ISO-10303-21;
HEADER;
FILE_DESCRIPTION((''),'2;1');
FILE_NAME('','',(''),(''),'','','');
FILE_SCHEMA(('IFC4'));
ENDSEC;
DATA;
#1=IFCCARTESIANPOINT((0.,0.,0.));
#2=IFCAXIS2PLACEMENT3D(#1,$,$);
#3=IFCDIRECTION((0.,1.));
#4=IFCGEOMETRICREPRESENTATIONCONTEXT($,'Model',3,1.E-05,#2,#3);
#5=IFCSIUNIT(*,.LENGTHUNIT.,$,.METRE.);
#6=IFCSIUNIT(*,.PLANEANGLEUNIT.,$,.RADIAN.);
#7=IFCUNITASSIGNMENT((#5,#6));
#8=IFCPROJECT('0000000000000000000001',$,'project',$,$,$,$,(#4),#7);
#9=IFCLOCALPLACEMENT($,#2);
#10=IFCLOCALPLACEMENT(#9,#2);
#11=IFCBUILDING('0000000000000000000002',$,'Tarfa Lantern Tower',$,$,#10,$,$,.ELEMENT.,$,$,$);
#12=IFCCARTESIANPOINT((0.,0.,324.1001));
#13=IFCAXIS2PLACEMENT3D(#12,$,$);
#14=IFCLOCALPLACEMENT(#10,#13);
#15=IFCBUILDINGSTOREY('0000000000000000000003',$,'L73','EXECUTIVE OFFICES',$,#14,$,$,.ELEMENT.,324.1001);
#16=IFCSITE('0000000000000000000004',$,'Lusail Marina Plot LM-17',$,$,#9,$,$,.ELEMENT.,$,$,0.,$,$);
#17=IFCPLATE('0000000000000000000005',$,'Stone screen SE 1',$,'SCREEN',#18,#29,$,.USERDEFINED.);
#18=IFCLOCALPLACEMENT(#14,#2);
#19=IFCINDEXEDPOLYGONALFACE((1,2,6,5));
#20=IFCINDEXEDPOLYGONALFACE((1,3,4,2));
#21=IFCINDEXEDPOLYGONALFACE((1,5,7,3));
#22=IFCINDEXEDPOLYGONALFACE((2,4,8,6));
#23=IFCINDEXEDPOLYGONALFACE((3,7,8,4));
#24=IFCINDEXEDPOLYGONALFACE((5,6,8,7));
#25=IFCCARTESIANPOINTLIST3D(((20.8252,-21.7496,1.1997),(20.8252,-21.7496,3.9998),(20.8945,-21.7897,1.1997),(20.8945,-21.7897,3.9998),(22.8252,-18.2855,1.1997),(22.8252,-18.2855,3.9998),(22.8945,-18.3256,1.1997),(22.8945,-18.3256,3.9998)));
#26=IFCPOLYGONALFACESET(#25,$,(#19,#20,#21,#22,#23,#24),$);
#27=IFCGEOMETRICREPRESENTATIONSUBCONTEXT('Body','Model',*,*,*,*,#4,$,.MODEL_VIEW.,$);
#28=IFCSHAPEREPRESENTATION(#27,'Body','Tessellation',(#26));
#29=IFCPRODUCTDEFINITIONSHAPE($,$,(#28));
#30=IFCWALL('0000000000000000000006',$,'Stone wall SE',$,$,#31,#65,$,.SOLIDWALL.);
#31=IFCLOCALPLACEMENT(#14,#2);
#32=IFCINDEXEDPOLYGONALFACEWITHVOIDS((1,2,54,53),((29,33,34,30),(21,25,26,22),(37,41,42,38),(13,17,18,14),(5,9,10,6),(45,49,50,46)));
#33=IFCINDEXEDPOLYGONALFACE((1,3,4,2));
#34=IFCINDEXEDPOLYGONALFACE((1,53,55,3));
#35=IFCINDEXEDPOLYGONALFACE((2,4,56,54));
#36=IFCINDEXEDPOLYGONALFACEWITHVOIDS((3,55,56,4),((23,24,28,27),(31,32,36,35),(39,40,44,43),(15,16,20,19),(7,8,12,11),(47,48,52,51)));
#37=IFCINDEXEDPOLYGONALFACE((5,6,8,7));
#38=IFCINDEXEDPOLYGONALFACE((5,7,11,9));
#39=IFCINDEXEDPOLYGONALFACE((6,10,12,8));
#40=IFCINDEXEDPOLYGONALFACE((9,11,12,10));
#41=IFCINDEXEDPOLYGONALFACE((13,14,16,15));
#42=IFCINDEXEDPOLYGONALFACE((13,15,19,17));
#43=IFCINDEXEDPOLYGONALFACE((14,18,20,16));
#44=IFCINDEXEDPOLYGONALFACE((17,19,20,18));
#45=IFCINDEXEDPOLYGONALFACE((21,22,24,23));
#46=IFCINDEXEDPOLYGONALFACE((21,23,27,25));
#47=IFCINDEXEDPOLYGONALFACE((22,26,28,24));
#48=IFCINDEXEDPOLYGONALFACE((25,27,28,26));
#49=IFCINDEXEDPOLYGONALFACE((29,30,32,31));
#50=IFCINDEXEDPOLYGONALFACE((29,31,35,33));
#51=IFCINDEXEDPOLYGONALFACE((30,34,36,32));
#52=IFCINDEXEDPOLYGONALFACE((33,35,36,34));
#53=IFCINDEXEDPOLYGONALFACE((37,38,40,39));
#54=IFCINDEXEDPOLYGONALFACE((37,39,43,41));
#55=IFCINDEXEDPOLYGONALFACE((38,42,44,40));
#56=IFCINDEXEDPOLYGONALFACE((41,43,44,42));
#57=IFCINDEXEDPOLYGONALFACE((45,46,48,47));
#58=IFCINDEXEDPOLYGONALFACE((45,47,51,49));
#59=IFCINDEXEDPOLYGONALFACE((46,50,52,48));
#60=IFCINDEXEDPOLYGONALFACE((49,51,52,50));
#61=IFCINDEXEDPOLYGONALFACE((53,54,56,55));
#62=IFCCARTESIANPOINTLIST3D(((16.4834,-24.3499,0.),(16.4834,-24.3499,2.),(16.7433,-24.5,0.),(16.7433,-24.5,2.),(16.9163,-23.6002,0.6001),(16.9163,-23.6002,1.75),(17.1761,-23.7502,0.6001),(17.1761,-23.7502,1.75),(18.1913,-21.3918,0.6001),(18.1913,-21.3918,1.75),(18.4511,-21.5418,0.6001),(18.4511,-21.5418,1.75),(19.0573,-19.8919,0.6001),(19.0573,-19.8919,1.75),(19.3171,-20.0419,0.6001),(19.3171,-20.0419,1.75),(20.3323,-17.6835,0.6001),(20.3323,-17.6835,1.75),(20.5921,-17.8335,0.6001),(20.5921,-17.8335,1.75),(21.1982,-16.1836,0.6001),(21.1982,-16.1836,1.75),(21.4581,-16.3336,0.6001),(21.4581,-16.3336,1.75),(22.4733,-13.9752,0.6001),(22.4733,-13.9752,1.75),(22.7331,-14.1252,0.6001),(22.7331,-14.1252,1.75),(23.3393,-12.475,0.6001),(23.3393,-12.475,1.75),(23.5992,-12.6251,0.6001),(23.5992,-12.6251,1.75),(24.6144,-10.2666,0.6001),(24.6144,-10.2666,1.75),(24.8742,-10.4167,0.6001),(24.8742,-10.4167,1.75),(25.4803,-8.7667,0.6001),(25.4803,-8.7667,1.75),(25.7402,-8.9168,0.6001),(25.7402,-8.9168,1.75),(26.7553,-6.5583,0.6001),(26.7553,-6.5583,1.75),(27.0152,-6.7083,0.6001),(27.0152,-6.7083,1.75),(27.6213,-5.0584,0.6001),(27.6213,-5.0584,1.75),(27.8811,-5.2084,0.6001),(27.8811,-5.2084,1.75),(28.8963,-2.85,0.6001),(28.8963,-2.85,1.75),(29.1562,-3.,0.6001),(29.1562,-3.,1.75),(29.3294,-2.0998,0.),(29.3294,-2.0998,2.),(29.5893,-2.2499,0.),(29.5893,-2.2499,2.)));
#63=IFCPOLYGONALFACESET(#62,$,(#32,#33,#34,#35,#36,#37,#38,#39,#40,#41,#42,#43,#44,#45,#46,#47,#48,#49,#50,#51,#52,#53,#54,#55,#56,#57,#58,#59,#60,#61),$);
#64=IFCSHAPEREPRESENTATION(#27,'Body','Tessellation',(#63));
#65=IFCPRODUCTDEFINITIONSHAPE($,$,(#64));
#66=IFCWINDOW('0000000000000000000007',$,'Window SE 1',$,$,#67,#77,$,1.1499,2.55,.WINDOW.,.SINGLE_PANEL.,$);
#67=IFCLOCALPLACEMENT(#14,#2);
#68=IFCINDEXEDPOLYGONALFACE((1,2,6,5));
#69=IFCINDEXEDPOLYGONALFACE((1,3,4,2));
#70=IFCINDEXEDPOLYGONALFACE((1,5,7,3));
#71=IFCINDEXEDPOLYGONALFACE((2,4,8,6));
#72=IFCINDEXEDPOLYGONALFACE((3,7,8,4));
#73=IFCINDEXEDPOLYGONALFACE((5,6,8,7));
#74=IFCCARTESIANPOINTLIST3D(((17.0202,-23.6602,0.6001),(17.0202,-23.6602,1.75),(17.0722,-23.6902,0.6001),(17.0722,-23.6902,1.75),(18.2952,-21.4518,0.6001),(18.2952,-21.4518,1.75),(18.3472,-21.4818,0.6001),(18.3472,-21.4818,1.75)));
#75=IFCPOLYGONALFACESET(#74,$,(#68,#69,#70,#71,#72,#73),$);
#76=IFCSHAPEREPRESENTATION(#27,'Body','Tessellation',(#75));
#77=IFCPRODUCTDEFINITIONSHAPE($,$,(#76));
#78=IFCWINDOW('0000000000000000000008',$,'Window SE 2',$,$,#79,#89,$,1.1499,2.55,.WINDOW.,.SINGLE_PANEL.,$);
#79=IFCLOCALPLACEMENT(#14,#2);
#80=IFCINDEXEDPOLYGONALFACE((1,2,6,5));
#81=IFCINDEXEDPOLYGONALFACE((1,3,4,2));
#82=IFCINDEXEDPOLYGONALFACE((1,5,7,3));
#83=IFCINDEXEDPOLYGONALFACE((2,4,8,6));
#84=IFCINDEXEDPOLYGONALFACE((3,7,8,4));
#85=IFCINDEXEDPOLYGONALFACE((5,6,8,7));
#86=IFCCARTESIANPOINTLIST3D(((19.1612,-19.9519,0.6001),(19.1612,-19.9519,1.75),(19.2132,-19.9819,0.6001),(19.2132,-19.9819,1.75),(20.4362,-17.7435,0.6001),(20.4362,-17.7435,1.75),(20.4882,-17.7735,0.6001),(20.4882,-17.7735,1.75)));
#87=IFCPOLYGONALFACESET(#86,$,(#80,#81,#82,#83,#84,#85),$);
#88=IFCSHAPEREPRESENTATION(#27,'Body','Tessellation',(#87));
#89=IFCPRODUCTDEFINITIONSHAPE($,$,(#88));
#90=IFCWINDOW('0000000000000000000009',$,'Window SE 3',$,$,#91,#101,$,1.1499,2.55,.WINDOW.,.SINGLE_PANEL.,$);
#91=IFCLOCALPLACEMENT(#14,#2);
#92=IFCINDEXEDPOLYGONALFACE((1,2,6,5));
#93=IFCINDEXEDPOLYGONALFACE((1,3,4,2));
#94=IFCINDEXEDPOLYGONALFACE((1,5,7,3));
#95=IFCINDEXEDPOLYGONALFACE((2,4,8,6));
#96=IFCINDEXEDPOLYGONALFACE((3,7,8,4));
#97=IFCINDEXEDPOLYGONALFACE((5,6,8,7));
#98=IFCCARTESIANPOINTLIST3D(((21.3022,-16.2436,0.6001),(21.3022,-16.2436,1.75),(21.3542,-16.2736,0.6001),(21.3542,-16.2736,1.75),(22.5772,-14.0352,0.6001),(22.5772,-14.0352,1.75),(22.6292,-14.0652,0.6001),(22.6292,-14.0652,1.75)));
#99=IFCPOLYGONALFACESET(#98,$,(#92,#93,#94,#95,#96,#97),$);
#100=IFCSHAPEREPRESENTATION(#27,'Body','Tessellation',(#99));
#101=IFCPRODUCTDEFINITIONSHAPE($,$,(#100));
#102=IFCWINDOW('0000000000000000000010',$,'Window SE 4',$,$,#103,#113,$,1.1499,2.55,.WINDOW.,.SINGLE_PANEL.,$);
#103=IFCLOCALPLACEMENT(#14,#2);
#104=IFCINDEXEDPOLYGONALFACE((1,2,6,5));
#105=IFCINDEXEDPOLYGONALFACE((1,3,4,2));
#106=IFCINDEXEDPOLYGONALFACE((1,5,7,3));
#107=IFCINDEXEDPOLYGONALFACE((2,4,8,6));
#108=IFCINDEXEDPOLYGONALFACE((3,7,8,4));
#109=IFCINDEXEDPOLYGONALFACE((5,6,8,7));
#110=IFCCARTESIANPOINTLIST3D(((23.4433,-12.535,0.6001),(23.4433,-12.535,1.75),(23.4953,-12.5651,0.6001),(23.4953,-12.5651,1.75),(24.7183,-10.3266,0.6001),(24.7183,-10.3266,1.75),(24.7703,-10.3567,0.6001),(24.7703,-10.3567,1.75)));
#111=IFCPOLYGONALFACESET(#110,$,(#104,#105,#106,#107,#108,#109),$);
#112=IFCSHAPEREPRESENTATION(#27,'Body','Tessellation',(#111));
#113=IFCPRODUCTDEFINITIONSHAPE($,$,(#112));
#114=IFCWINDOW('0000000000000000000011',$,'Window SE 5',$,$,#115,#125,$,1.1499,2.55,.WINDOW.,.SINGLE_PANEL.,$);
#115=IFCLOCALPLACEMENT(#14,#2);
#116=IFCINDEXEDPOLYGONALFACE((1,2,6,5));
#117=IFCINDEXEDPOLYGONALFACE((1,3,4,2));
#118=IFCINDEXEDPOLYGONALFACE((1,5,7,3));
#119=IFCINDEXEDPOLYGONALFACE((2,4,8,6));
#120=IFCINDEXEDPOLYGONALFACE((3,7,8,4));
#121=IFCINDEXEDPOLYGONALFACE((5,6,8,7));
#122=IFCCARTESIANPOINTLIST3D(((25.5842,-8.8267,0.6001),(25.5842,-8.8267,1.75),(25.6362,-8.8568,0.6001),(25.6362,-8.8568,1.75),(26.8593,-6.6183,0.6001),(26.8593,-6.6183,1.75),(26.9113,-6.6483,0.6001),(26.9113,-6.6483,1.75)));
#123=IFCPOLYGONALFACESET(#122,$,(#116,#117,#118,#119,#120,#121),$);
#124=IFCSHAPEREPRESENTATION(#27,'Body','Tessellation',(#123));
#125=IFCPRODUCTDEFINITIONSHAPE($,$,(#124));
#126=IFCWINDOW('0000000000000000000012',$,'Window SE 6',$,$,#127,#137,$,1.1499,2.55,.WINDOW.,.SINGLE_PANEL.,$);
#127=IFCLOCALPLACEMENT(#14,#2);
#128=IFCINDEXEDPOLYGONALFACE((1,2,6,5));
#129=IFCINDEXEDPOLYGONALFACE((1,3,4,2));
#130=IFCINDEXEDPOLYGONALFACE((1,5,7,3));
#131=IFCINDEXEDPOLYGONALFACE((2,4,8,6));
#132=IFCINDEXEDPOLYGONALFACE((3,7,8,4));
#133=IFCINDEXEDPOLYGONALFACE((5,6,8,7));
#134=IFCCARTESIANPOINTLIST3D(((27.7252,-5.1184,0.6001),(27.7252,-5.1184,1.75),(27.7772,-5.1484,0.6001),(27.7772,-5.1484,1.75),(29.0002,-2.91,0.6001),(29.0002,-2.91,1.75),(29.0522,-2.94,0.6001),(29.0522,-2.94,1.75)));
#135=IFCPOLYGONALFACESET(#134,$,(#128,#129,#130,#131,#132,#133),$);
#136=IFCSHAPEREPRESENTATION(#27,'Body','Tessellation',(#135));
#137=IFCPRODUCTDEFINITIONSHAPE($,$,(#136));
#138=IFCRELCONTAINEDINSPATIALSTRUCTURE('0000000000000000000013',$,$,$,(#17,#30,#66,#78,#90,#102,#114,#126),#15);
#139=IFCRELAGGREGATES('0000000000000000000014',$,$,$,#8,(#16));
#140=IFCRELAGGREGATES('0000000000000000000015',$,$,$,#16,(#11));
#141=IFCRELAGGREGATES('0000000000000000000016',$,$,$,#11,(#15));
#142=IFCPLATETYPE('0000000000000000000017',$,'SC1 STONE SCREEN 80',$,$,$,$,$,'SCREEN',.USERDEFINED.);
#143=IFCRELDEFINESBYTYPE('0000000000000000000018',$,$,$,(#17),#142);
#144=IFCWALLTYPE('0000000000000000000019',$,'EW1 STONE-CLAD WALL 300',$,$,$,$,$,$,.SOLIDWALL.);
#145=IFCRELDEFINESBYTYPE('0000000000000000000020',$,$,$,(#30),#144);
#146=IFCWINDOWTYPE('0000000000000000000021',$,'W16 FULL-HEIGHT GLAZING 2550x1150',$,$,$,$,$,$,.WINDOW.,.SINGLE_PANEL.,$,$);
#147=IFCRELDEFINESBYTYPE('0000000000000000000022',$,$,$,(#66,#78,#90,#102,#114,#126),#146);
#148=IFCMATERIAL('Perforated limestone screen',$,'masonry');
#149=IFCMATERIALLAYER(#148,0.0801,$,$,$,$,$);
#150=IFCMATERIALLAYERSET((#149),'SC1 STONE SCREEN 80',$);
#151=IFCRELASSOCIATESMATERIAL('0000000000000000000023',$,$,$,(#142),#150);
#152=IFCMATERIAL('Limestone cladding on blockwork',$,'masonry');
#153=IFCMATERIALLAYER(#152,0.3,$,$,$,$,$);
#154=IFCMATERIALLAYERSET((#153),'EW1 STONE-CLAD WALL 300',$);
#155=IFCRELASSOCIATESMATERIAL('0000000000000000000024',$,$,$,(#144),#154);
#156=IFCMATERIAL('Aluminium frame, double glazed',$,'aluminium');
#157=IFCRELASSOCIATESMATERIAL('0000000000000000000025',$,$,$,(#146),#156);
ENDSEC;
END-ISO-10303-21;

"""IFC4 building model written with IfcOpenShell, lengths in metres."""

from ifc_helpers import new_model, si_unit, direction, frame, frame_2d, origin, origin_2d, place, context, subcontext, project, spatial, rectangle, extrude, material, layer, layer_set, type_object, element, fill, save


model = new_model("IFC4")

# Units and contexts
model_context = context("Model", 3, precision=1e-05, world=origin(), true_north=direction((0.0, 1.0)))
body_context = subcontext(model_context, "Body", "Model", "MODEL_VIEW")
ifc_project = project(units=[si_unit("LENGTHUNIT", "METRE"), si_unit("PLANEANGLEUNIT", "RADIAN")], contexts=[model_context])

# Site, building, storey
site_placement = place(None, origin())
site = spatial("IfcSite", under=ifc_project, at=site_placement, Name="Lusail Marina Plot LM-17", CompositionType="ELEMENT", RefElevation=0.0)
building_placement = place(site_placement, origin())
building = spatial("IfcBuilding", under=site, at=building_placement, Name="Tarfa Lantern Tower", CompositionType="ELEMENT")
storey_placement = place(building_placement, frame((0.0, 0.0, 324.1001)))
storey = spatial("IfcBuildingStorey", under=building, at=storey_placement, Name="L73", Description="EXECUTIVE OFFICES", CompositionType="ELEMENT", Elevation=324.1001)

# Plate
ifc_material_1 = material(Name="Perforated limestone screen", Category="masonry")
ifc_layer_1 = layer(ifc_material_1, 0.0801)
ifc_layer_set_1 = layer_set([ifc_layer_1], Name="SC1 STONE SCREEN 80")
plate_type = type_object("IfcPlateType", Name="SC1 STONE SCREEN 80", ElementType="SCREEN", PredefinedType="USERDEFINED", material=ifc_layer_set_1)
plate_placement = place(storey_placement, frame((21.8599, -20.0376, 1.1997), z_axis=(0.0, 0.0, 1.0), x_axis=(0.5, 0.866025, 0.0)))
element("IfcPlate", 1, at=plate_placement, inside=storey, type_object=plate_type, Name="Stone screen SE 1", ObjectType="SCREEN", PredefinedType="USERDEFINED", context=body_context, shape_type="SweptSolid", body=[
    extrude(rectangle(XDim=4.0, YDim=0.0801, at=origin_2d()), origin(), (0.0, 0.0, 1.0), 2.8),
])

# Wall, openings, windows
ifc_material_2 = material(Name="Limestone cladding on blockwork", Category="masonry")
ifc_layer_2 = layer(ifc_material_2, 0.3)
ifc_layer_set_2 = layer_set([ifc_layer_2], Name="EW1 STONE-CLAD WALL 300")
wall_type_1 = type_object("IfcWallType", Name="EW1 STONE-CLAD WALL 300", PredefinedType="SOLIDWALL", material=ifc_layer_set_2)
wall_1_placement = place(storey_placement, frame((16.6133, -24.425, 0.0), z_axis=(0.0, 0.0, 1.0), x_axis=(0.499997, 0.866027, 0.0)))
wall_1 = element("IfcWall", 2, at=wall_1_placement, inside=storey, type_object=wall_type_1, Name="Stone wall SE", PredefinedType="SOLIDWALL", context=body_context, shape_type="SweptSolid", body=[
    extrude(rectangle(XDim=25.6921, YDim=0.3, at=frame_2d((12.8462, 0.0))), origin(), (0.0, 0.0, 1.0), 2.0),
])
opening_1_placement = place(wall_1_placement, frame((0.866, 0.0, 0.6001)))
opening_1 = element("IfcOpeningElement", 3, at=opening_1_placement, cuts=wall_1, PredefinedType="OPENING", context=body_context, shape_type="SweptSolid", body=[
    extrude(rectangle(XDim=2.55, YDim=1.1499, at=frame_2d((1.2749, 0.575))), frame((0.0, 0.1599, 0.0), z_axis=(0.0, -1.0, 0.0), x_axis=(1.0, 0.0, 0.0)), (0.0, 0.0, 1.0), 0.3201),
])
opening_2_placement = place(wall_1_placement, frame((5.1479, 0.0, 0.6001)))
opening_2 = element("IfcOpeningElement", 4, at=opening_2_placement, cuts=wall_1, PredefinedType="OPENING", context=body_context, shape_type="SweptSolid", body=[
    extrude(rectangle(XDim=2.55, YDim=1.1499, at=frame_2d((1.2749, 0.575))), frame((0.0, 0.1599, 0.0), z_axis=(0.0, -1.0, 0.0), x_axis=(1.0, 0.0, 0.0)), (0.0, 0.0, 1.0), 0.3201),
])
opening_3_placement = place(wall_1_placement, frame((9.4299, 0.0, 0.6001)))
opening_3 = element("IfcOpeningElement", 5, at=opening_3_placement, cuts=wall_1, PredefinedType="OPENING", context=body_context, shape_type="SweptSolid", body=[
    extrude(rectangle(XDim=2.55, YDim=1.1499, at=frame_2d((1.2749, 0.575))), frame((0.0, 0.1599, 0.0), z_axis=(0.0, -1.0, 0.0), x_axis=(1.0, 0.0, 0.0)), (0.0, 0.0, 1.0), 0.3201),
])
opening_4_placement = place(wall_1_placement, frame((13.7122, 0.0, 0.6001)))
opening_4 = element("IfcOpeningElement", 6, at=opening_4_placement, cuts=wall_1, PredefinedType="OPENING", context=body_context, shape_type="SweptSolid", body=[
    extrude(rectangle(XDim=2.55, YDim=1.1499, at=frame_2d((1.2749, 0.575))), frame((0.0, 0.1599, 0.0), z_axis=(0.0, -1.0, 0.0), x_axis=(1.0, 0.0, 0.0)), (0.0, 0.0, 1.0), 0.3201),
])
opening_5_placement = place(wall_1_placement, frame((17.9941, 0.0, 0.6001)))
opening_5 = element("IfcOpeningElement", 7, at=opening_5_placement, cuts=wall_1, PredefinedType="OPENING", context=body_context, shape_type="SweptSolid", body=[
    extrude(rectangle(XDim=2.55, YDim=1.1499, at=frame_2d((1.2749, 0.575))), frame((0.0, 0.1599, 0.0), z_axis=(0.0, -1.0, 0.0), x_axis=(1.0, 0.0, 0.0)), (0.0, 0.0, 1.0), 0.3201),
])
opening_6_placement = place(wall_1_placement, frame((22.2761, 0.0, 0.6001)))
opening_6 = element("IfcOpeningElement", 8, at=opening_6_placement, cuts=wall_1, PredefinedType="OPENING", context=body_context, shape_type="SweptSolid", body=[
    extrude(rectangle(XDim=2.55, YDim=1.1499, at=frame_2d((1.2749, 0.575))), frame((0.0, 0.1599, 0.0), z_axis=(0.0, -1.0, 0.0), x_axis=(1.0, 0.0, 0.0)), (0.0, 0.0, 1.0), 0.3201),
])
ifc_material_3 = material(Name="Aluminium frame, double glazed", Category="aluminium")
window_type = type_object("IfcWindowType", Name="W16 FULL-HEIGHT GLAZING 2550x1150", PartitioningType="SINGLE_PANEL", PredefinedType="WINDOW", material=ifc_material_3)
window_1_placement = place(opening_1_placement, origin())
window_1 = element("IfcWindow", 9, at=window_1_placement, inside=storey, type_object=window_type, Name="Window SE 1", OverallHeight=1.1499, OverallWidth=2.55, PartitioningType="SINGLE_PANEL", PredefinedType="WINDOW", context=body_context, shape_type="SweptSolid", body=[
    extrude(rectangle(XDim=2.55, YDim=1.1499, at=frame_2d((1.2749, 0.575))), frame((0.0, 0.03, 0.0), z_axis=(0.0, -1.0, 0.0), x_axis=(1.0, 0.0, 0.0)), (0.0, 0.0, 1.0), 0.0601),
])
fill(opening_1, window_1)
window_2_placement = place(opening_2_placement, origin())
window_2 = element("IfcWindow", 10, at=window_2_placement, inside=storey, type_object=window_type, Name="Window SE 2", OverallHeight=1.1499, OverallWidth=2.55, PartitioningType="SINGLE_PANEL", PredefinedType="WINDOW", context=body_context, shape_type="SweptSolid", body=[
    extrude(rectangle(XDim=2.55, YDim=1.1499, at=frame_2d((1.2749, 0.575))), frame((0.0, 0.03, 0.0), z_axis=(0.0, -1.0, 0.0), x_axis=(1.0, 0.0, 0.0)), (0.0, 0.0, 1.0), 0.0601),
])
fill(opening_2, window_2)
window_3_placement = place(opening_3_placement, origin())
window_3 = element("IfcWindow", 11, at=window_3_placement, inside=storey, type_object=window_type, Name="Window SE 3", OverallHeight=1.1499, OverallWidth=2.55, PartitioningType="SINGLE_PANEL", PredefinedType="WINDOW", context=body_context, shape_type="SweptSolid", body=[
    extrude(rectangle(XDim=2.55, YDim=1.1499, at=frame_2d((1.2749, 0.575))), frame((0.0, 0.03, 0.0), z_axis=(0.0, -1.0, 0.0), x_axis=(1.0, 0.0, 0.0)), (0.0, 0.0, 1.0), 0.0601),
])
fill(opening_3, window_3)
window_4_placement = place(opening_4_placement, origin())
window_4 = element("IfcWindow", 12, at=window_4_placement, inside=storey, type_object=window_type, Name="Window SE 4", OverallHeight=1.1499, OverallWidth=2.55, PartitioningType="SINGLE_PANEL", PredefinedType="WINDOW", context=body_context, shape_type="SweptSolid", body=[
    extrude(rectangle(XDim=2.55, YDim=1.1499, at=frame_2d((1.2749, 0.575))), frame((0.0, 0.03, 0.0), z_axis=(0.0, -1.0, 0.0), x_axis=(1.0, 0.0, 0.0)), (0.0, 0.0, 1.0), 0.0601),
])
fill(opening_4, window_4)
window_5_placement = place(opening_5_placement, origin())
window_5 = element("IfcWindow", 13, at=window_5_placement, inside=storey, type_object=window_type, Name="Window SE 5", OverallHeight=1.1499, OverallWidth=2.55, PartitioningType="SINGLE_PANEL", PredefinedType="WINDOW", context=body_context, shape_type="SweptSolid", body=[
    extrude(rectangle(XDim=2.55, YDim=1.1499, at=frame_2d((1.2749, 0.575))), frame((0.0, 0.03, 0.0), z_axis=(0.0, -1.0, 0.0), x_axis=(1.0, 0.0, 0.0)), (0.0, 0.0, 1.0), 0.0601),
])
fill(opening_5, window_5)
window_6_placement = place(opening_6_placement, origin())
window_6 = element("IfcWindow", 14, at=window_6_placement, inside=storey, type_object=window_type, Name="Window SE 6", OverallHeight=1.1499, OverallWidth=2.55, PartitioningType="SINGLE_PANEL", PredefinedType="WINDOW", context=body_context, shape_type="SweptSolid", body=[
    extrude(rectangle(XDim=2.55, YDim=1.1499, at=frame_2d((1.2749, 0.575))), frame((0.0, 0.03, 0.0), z_axis=(0.0, -1.0, 0.0), x_axis=(1.0, 0.0, 0.0)), (0.0, 0.0, 1.0), 0.0601),
])
fill(opening_6, window_6)

save(model, "model.ifc")
